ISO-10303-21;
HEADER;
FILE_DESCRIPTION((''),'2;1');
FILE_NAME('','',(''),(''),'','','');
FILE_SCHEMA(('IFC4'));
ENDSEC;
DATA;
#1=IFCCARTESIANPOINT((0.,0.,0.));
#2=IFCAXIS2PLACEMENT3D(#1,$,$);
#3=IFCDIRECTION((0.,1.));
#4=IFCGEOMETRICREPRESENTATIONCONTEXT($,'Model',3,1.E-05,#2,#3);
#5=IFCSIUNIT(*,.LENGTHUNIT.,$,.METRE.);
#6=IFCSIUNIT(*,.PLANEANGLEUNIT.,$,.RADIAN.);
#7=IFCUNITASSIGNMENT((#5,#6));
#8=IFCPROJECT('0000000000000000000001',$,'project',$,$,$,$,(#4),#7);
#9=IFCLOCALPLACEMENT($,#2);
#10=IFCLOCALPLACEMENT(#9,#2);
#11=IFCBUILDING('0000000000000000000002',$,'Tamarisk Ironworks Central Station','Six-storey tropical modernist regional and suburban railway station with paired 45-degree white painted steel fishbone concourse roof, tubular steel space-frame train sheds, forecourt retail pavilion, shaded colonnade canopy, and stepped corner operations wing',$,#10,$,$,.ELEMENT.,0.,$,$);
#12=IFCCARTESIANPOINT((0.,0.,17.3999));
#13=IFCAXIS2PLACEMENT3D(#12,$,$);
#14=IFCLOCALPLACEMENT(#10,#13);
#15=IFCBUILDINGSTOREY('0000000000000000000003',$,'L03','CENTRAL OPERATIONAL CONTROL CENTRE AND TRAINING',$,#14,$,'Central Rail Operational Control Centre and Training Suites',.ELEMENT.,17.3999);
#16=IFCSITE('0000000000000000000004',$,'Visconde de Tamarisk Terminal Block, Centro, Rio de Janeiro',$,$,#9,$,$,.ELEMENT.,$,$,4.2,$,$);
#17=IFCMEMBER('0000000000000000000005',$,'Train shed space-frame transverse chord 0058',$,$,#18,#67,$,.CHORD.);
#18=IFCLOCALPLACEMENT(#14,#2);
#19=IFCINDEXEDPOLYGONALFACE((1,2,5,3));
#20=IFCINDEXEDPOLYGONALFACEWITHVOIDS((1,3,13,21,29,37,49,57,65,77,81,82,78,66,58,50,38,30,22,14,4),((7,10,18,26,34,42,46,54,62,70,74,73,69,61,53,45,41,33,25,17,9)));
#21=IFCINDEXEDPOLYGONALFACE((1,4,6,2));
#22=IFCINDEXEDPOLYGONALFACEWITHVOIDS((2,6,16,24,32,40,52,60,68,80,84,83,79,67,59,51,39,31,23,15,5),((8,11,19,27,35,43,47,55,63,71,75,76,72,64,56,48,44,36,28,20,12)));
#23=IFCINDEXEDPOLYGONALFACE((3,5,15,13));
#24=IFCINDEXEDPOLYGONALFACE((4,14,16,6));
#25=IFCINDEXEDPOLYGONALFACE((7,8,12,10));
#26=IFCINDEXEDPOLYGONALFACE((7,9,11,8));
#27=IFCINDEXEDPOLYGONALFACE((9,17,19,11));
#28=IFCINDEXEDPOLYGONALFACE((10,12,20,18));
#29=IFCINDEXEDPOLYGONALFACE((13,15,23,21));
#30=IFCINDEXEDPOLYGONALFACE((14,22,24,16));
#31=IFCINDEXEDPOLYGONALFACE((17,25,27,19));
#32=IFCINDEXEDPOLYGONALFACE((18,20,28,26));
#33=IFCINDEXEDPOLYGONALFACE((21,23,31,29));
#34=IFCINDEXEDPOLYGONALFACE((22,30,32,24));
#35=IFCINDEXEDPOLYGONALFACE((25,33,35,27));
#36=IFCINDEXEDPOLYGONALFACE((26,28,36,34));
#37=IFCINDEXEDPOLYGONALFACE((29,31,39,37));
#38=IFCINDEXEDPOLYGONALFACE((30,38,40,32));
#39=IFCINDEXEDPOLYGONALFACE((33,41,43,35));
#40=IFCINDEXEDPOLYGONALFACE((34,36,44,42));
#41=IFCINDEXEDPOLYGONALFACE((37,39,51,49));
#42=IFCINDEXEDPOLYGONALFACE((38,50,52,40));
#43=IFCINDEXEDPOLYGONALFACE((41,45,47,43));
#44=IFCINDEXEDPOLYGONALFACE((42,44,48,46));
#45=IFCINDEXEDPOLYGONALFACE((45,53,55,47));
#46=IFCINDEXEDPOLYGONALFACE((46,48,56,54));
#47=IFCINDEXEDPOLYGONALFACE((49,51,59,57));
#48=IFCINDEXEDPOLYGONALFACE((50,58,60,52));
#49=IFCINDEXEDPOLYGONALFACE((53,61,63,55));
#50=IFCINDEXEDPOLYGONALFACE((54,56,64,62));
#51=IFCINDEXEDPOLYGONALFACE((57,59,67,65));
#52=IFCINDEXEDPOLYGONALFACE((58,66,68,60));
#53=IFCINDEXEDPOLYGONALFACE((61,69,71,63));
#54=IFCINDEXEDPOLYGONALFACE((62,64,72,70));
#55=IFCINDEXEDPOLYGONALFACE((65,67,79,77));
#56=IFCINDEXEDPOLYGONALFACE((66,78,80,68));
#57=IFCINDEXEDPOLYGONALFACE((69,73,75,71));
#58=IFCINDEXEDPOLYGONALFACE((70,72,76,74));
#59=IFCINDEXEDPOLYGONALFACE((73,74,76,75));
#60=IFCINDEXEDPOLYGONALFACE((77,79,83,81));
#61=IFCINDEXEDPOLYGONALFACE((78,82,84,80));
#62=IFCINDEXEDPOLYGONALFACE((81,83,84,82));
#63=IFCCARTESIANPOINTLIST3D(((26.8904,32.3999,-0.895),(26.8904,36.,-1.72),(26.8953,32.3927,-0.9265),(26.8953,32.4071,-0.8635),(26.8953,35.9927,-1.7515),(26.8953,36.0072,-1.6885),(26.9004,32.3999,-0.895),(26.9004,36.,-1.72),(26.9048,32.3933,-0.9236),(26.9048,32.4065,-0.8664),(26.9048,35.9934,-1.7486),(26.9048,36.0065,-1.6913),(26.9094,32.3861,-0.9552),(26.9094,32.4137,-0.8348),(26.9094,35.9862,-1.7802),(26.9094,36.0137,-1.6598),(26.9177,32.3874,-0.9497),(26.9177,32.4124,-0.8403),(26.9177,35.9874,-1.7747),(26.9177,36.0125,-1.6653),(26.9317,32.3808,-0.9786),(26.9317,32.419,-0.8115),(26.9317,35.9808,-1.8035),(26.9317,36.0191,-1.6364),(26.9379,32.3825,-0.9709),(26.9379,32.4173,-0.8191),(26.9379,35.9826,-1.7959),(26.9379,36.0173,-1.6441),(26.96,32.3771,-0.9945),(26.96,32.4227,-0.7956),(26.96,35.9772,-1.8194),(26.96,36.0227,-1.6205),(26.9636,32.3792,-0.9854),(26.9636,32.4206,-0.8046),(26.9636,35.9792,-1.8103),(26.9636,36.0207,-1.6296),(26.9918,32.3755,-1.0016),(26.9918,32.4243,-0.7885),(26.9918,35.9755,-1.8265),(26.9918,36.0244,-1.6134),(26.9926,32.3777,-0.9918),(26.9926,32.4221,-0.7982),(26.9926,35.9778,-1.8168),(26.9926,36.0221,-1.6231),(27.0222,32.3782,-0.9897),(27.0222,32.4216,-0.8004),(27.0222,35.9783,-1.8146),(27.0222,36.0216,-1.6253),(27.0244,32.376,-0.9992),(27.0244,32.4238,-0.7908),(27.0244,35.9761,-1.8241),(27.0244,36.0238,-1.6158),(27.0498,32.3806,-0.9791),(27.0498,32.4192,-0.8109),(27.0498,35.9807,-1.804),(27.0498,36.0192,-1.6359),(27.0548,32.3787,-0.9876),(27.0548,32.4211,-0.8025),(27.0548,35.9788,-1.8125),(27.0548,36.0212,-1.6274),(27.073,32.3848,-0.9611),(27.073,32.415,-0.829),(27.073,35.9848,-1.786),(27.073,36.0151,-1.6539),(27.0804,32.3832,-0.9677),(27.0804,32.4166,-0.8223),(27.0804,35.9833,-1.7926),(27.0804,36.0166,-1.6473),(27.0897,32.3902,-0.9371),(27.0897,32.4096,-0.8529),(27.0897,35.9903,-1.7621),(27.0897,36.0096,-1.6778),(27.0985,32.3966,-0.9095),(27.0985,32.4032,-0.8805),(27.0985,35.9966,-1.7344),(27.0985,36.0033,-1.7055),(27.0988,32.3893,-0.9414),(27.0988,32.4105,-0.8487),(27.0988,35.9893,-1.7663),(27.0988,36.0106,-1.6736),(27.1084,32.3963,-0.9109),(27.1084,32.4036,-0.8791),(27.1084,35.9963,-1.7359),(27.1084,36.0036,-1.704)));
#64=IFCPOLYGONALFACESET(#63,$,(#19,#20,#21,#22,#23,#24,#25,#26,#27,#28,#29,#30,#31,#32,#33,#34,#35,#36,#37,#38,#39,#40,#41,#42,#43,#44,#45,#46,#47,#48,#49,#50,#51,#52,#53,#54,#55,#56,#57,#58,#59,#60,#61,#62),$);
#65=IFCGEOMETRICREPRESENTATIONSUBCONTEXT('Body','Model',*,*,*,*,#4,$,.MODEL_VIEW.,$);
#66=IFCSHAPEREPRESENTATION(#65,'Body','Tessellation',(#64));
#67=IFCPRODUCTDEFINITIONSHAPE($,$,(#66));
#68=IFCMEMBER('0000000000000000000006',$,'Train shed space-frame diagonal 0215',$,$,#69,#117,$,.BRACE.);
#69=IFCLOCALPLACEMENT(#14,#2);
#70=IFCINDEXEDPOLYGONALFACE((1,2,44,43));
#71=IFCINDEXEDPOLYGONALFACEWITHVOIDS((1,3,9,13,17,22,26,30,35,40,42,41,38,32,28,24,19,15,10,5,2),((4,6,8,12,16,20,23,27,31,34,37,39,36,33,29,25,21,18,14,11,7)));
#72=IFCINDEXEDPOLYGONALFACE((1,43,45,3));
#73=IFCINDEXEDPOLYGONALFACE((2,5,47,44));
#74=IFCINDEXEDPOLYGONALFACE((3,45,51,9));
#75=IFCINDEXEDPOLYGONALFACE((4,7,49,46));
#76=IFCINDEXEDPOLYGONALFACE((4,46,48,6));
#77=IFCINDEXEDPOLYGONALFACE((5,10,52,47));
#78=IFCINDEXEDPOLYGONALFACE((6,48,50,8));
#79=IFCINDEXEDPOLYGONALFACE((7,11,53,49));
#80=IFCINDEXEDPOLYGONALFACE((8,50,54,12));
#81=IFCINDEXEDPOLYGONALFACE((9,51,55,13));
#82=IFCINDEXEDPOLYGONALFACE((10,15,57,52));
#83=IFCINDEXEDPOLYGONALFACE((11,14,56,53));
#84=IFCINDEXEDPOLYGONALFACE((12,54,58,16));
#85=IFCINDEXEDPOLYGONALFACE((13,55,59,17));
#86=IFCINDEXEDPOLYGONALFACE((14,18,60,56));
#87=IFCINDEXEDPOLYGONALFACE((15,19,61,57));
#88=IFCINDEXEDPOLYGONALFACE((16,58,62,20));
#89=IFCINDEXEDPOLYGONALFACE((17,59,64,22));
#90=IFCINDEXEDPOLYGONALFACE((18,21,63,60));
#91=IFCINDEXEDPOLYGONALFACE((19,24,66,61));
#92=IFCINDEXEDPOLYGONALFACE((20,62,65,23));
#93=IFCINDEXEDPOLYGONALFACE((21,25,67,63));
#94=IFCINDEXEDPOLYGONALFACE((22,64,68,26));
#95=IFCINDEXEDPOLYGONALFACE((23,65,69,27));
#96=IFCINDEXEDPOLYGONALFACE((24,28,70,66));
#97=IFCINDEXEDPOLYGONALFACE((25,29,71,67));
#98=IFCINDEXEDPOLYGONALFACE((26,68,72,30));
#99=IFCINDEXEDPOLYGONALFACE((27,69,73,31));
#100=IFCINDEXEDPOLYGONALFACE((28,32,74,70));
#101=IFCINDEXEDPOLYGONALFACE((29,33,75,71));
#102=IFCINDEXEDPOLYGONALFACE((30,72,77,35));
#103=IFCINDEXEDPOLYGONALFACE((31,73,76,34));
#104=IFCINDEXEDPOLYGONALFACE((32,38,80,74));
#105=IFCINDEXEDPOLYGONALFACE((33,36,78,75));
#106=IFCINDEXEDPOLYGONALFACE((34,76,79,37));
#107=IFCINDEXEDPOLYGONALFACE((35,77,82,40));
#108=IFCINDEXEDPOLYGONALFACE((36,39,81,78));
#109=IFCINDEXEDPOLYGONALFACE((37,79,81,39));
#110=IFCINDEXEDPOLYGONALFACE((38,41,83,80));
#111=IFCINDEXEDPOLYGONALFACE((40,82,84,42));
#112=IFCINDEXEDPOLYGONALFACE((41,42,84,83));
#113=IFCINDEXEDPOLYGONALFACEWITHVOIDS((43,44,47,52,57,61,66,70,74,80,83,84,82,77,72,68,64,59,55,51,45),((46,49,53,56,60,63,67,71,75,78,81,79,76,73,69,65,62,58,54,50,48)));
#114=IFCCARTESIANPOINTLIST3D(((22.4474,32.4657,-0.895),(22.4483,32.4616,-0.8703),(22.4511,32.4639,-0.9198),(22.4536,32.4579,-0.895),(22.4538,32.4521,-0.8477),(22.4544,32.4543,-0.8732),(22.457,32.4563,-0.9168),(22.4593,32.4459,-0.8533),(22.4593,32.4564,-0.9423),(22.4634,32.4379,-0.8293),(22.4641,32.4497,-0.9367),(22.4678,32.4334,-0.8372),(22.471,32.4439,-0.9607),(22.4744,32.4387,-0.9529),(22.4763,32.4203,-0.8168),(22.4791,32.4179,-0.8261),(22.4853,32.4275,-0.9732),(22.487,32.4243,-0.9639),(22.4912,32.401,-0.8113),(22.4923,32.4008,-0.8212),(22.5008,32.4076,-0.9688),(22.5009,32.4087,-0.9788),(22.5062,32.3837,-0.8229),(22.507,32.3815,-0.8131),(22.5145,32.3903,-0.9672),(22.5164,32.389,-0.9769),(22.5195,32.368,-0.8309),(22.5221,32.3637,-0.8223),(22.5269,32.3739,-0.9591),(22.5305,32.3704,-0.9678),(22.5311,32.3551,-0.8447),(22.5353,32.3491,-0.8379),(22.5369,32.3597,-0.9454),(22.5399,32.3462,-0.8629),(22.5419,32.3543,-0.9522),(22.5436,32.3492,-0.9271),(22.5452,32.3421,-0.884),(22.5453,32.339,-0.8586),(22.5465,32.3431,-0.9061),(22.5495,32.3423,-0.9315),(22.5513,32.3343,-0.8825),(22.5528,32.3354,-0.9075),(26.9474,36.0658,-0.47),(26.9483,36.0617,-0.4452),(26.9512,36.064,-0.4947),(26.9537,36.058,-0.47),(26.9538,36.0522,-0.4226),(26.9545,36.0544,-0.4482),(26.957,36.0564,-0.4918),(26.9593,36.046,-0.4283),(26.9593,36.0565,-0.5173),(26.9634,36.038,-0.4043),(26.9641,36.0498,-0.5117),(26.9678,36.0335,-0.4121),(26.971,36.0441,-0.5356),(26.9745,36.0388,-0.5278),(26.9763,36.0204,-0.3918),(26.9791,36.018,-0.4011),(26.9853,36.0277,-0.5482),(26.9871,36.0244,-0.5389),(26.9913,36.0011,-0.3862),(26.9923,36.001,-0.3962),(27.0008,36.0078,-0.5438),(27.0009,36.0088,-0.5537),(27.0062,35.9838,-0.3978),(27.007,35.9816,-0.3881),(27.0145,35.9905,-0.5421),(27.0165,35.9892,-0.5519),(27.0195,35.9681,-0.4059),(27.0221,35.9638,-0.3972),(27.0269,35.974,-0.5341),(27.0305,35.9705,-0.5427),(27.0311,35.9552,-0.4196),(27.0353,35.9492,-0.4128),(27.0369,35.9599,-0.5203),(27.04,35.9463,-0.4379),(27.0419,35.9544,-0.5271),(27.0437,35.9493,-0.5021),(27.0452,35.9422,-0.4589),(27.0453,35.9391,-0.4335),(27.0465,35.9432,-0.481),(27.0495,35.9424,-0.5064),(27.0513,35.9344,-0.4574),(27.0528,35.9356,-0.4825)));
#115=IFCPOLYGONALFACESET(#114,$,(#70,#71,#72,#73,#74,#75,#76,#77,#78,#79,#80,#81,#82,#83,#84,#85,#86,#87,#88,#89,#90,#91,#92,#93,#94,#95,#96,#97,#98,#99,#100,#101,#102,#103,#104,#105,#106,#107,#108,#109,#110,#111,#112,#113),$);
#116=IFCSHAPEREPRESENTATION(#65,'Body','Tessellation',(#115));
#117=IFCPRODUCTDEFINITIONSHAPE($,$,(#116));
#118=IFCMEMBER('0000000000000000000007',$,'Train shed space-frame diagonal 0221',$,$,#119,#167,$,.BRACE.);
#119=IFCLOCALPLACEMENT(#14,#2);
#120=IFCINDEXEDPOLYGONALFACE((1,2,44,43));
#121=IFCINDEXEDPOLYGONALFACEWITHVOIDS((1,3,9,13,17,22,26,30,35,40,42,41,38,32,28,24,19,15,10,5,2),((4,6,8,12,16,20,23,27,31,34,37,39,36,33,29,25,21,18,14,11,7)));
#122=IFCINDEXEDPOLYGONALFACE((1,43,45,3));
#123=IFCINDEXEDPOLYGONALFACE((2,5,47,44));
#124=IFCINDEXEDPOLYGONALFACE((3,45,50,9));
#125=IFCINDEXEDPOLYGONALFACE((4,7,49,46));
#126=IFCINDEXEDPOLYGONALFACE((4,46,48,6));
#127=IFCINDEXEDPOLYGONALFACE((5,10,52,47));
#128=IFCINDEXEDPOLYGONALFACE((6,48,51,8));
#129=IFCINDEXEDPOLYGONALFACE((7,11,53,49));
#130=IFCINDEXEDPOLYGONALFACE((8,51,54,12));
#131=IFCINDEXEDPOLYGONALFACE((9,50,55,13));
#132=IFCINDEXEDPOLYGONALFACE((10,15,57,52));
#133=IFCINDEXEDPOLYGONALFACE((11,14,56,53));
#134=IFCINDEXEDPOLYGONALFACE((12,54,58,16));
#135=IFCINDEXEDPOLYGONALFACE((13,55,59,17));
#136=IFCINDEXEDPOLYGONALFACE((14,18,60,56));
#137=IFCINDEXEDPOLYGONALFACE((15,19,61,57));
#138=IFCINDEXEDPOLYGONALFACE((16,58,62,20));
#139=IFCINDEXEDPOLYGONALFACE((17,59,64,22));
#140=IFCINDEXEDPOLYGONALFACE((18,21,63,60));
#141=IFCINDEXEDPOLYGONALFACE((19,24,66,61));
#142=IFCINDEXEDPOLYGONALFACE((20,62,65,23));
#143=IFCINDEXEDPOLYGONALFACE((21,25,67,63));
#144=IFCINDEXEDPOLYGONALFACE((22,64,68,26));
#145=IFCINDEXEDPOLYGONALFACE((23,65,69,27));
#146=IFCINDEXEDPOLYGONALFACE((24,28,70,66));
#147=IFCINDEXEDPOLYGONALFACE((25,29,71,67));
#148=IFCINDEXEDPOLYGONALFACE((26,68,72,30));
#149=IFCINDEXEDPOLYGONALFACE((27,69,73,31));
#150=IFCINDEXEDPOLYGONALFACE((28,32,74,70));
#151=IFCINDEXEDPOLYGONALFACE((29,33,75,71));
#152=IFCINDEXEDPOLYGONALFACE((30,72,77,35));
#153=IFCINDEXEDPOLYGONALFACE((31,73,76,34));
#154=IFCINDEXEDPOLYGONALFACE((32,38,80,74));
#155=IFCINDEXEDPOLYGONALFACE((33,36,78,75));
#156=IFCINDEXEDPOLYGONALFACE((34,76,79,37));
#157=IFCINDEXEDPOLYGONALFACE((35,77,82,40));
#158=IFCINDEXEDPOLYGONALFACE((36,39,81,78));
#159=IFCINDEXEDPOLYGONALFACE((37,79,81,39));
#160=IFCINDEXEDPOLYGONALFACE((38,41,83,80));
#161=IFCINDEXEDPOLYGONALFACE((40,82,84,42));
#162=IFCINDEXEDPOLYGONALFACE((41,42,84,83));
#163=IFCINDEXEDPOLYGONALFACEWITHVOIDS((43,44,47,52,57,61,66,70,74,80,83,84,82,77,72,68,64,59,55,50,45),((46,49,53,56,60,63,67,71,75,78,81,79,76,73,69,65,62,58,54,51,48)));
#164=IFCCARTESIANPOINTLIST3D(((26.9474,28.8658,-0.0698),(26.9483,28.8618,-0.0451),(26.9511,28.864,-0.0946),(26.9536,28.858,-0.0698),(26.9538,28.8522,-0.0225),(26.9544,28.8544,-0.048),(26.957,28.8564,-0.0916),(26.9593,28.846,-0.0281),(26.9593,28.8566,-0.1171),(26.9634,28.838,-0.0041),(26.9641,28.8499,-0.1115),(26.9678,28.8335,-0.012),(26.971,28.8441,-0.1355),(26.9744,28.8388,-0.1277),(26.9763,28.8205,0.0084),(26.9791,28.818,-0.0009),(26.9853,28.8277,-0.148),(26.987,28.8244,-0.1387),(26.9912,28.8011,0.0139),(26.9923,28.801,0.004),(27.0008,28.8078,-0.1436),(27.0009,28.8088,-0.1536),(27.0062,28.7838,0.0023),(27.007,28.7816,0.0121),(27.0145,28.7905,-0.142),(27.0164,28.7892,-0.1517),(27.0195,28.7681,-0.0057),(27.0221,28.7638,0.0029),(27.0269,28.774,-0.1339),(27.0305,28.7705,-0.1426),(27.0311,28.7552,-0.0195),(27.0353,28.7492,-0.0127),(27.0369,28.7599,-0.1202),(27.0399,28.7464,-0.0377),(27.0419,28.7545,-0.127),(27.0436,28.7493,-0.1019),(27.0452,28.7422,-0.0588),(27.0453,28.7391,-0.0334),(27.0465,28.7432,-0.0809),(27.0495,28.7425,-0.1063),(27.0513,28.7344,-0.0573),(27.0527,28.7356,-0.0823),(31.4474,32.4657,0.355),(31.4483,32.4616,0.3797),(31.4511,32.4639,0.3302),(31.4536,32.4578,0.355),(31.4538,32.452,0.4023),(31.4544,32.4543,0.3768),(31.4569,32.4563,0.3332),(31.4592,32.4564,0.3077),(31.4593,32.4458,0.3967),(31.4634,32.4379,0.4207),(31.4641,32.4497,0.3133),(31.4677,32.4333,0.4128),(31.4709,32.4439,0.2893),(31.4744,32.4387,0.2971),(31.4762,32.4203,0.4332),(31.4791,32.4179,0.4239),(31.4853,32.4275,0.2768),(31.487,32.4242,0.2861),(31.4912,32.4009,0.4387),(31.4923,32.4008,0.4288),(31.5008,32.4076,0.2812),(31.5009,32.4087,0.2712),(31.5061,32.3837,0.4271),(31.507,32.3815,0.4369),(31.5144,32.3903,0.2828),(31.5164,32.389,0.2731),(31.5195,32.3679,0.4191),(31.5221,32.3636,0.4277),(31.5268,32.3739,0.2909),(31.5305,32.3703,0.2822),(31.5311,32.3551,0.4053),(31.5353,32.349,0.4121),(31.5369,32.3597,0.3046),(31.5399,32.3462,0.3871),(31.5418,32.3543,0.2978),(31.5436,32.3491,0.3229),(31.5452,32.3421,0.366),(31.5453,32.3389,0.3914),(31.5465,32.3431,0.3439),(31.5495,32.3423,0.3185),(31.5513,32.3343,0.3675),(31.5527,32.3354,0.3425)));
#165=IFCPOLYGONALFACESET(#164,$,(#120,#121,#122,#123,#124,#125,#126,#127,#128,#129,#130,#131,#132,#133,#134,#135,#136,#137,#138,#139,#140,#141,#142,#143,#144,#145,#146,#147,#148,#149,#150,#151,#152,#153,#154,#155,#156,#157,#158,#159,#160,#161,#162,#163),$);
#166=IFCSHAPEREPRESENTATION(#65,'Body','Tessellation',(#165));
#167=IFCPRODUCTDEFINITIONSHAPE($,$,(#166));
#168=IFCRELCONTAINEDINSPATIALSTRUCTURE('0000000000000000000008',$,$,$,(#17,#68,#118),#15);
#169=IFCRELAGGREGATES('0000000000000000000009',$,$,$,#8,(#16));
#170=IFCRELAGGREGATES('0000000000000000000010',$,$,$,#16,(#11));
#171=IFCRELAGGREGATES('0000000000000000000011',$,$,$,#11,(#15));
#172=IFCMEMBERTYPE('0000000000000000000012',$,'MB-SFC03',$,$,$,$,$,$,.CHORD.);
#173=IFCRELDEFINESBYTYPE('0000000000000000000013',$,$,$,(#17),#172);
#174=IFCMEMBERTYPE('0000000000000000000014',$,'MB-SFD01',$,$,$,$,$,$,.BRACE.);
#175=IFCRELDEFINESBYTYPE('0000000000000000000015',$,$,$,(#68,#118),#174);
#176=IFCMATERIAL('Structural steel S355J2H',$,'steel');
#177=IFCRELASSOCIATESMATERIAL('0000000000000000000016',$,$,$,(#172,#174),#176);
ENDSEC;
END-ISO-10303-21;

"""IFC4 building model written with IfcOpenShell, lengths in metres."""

from ifc_helpers import new_model, si_unit, direction, frame, origin, origin_2d, place, context, subcontext, project, spatial, hollow_circle, extrude, material, material_profile, profile_set, type_object, element, save


model = new_model("IFC4")

# Units and contexts
model_context = context("Model", 3, precision=1e-05, world=origin(), true_north=direction((0.0, 1.0)))
body_context = subcontext(model_context, "Body", "Model", "MODEL_VIEW")
ifc_project = project(units=[si_unit("LENGTHUNIT", "METRE"), si_unit("PLANEANGLEUNIT", "RADIAN")], contexts=[model_context])

# Site, building, storey
site_placement = place(None, origin())
site = spatial("IfcSite", under=ifc_project, at=site_placement, Name="Visconde de Tamarisk Terminal Block, Centro, Rio de Janeiro", CompositionType="ELEMENT", RefElevation=4.2)
building_placement = place(site_placement, origin())
building = spatial("IfcBuilding", under=site, at=building_placement, Name="Tamarisk Ironworks Central Station", Description="Six-storey tropical modernist regional and suburban railway station with paired 45-degree white painted steel fishbone concourse roof, tubular steel space-frame train sheds, forecourt retail pavilion, shaded colonnade canopy, and stepped corner operations wing", CompositionType="ELEMENT", ElevationOfRefHeight=0.0)
storey_placement = place(building_placement, frame((0.0, 0.0, 17.3999)))
storey = spatial("IfcBuildingStorey", under=building, at=storey_placement, Name="L03", Description="CENTRAL OPERATIONAL CONTROL CENTRE AND TRAINING", LongName="Central Rail Operational Control Centre and Training Suites", CompositionType="ELEMENT", Elevation=17.3999)

# Members
ifc_material = material(Name="Structural steel S355J2H", Category="steel")
ifc_material_profile_1 = material_profile(ifc_material, hollow_circle(Radius=0.1096, WallThickness=0.01, at=origin_2d()), Name="CHS 219.1x10")
ifc_profile_set_1 = profile_set([ifc_material_profile_1], Name="Structural steel S355J2H")
member_type_1 = type_object("IfcMemberType", Name="MB-SFC03", PredefinedType="CHORD", material=ifc_profile_set_1)
member_1_placement = place(storey_placement, frame((27.0, 32.3999, -0.895), z_axis=(0.0, 0.974737, -0.223358), x_axis=(-1.0, 0.0, 0.0)))
element("IfcMember", 1, at=member_1_placement, inside=storey, type_object=member_type_1, Name="Train shed space-frame transverse chord 0058", PredefinedType="CHORD", context=body_context, shape_type="SweptSolid", body=[
    extrude(hollow_circle(Radius=0.1096, WallThickness=0.01, at=origin_2d()), origin(), (0.0, 0.0, 1.0), 3.6934),
])
ifc_material_profile_2 = material_profile(ifc_material, hollow_circle(Radius=0.0842, WallThickness=0.01, at=origin_2d()), Name="CHS 168.3x10")
ifc_profile_set_2 = profile_set([ifc_material_profile_2], Name="Structural steel S355J2H")
member_type_2 = type_object("IfcMemberType", Name="MB-SFD01", PredefinedType="BRACE", material=ifc_profile_set_2)
member_2_placement = place(storey_placement, frame((22.5, 32.3999, -0.895), z_axis=(0.778745, 0.623013, 0.073557), x_axis=(-0.624705, 0.780861, 0.0)))
element("IfcMember", 2, at=member_2_placement, inside=storey, type_object=member_type_2, Name="Train shed space-frame diagonal 0215", PredefinedType="BRACE", context=body_context, shape_type="SweptSolid", body=[
    extrude(hollow_circle(Radius=0.0842, WallThickness=0.01, at=origin_2d()), origin(), (0.0, 0.0, 1.0), 5.7786),
])
member_3_placement = place(storey_placement, frame((27.0, 28.8, -0.0698), z_axis=(0.778768, 0.622989, 0.073517), x_axis=(-0.62468, 0.780881, 0.0)))
element("IfcMember", 3, at=member_3_placement, inside=storey, type_object=member_type_2, Name="Train shed space-frame diagonal 0221", PredefinedType="BRACE", context=body_context, shape_type="SweptSolid", body=[
    extrude(hollow_circle(Radius=0.0842, WallThickness=0.01, at=origin_2d()), origin(), (0.0, 0.0, 1.0), 5.7783),
])

save(model, "model.ifc")
